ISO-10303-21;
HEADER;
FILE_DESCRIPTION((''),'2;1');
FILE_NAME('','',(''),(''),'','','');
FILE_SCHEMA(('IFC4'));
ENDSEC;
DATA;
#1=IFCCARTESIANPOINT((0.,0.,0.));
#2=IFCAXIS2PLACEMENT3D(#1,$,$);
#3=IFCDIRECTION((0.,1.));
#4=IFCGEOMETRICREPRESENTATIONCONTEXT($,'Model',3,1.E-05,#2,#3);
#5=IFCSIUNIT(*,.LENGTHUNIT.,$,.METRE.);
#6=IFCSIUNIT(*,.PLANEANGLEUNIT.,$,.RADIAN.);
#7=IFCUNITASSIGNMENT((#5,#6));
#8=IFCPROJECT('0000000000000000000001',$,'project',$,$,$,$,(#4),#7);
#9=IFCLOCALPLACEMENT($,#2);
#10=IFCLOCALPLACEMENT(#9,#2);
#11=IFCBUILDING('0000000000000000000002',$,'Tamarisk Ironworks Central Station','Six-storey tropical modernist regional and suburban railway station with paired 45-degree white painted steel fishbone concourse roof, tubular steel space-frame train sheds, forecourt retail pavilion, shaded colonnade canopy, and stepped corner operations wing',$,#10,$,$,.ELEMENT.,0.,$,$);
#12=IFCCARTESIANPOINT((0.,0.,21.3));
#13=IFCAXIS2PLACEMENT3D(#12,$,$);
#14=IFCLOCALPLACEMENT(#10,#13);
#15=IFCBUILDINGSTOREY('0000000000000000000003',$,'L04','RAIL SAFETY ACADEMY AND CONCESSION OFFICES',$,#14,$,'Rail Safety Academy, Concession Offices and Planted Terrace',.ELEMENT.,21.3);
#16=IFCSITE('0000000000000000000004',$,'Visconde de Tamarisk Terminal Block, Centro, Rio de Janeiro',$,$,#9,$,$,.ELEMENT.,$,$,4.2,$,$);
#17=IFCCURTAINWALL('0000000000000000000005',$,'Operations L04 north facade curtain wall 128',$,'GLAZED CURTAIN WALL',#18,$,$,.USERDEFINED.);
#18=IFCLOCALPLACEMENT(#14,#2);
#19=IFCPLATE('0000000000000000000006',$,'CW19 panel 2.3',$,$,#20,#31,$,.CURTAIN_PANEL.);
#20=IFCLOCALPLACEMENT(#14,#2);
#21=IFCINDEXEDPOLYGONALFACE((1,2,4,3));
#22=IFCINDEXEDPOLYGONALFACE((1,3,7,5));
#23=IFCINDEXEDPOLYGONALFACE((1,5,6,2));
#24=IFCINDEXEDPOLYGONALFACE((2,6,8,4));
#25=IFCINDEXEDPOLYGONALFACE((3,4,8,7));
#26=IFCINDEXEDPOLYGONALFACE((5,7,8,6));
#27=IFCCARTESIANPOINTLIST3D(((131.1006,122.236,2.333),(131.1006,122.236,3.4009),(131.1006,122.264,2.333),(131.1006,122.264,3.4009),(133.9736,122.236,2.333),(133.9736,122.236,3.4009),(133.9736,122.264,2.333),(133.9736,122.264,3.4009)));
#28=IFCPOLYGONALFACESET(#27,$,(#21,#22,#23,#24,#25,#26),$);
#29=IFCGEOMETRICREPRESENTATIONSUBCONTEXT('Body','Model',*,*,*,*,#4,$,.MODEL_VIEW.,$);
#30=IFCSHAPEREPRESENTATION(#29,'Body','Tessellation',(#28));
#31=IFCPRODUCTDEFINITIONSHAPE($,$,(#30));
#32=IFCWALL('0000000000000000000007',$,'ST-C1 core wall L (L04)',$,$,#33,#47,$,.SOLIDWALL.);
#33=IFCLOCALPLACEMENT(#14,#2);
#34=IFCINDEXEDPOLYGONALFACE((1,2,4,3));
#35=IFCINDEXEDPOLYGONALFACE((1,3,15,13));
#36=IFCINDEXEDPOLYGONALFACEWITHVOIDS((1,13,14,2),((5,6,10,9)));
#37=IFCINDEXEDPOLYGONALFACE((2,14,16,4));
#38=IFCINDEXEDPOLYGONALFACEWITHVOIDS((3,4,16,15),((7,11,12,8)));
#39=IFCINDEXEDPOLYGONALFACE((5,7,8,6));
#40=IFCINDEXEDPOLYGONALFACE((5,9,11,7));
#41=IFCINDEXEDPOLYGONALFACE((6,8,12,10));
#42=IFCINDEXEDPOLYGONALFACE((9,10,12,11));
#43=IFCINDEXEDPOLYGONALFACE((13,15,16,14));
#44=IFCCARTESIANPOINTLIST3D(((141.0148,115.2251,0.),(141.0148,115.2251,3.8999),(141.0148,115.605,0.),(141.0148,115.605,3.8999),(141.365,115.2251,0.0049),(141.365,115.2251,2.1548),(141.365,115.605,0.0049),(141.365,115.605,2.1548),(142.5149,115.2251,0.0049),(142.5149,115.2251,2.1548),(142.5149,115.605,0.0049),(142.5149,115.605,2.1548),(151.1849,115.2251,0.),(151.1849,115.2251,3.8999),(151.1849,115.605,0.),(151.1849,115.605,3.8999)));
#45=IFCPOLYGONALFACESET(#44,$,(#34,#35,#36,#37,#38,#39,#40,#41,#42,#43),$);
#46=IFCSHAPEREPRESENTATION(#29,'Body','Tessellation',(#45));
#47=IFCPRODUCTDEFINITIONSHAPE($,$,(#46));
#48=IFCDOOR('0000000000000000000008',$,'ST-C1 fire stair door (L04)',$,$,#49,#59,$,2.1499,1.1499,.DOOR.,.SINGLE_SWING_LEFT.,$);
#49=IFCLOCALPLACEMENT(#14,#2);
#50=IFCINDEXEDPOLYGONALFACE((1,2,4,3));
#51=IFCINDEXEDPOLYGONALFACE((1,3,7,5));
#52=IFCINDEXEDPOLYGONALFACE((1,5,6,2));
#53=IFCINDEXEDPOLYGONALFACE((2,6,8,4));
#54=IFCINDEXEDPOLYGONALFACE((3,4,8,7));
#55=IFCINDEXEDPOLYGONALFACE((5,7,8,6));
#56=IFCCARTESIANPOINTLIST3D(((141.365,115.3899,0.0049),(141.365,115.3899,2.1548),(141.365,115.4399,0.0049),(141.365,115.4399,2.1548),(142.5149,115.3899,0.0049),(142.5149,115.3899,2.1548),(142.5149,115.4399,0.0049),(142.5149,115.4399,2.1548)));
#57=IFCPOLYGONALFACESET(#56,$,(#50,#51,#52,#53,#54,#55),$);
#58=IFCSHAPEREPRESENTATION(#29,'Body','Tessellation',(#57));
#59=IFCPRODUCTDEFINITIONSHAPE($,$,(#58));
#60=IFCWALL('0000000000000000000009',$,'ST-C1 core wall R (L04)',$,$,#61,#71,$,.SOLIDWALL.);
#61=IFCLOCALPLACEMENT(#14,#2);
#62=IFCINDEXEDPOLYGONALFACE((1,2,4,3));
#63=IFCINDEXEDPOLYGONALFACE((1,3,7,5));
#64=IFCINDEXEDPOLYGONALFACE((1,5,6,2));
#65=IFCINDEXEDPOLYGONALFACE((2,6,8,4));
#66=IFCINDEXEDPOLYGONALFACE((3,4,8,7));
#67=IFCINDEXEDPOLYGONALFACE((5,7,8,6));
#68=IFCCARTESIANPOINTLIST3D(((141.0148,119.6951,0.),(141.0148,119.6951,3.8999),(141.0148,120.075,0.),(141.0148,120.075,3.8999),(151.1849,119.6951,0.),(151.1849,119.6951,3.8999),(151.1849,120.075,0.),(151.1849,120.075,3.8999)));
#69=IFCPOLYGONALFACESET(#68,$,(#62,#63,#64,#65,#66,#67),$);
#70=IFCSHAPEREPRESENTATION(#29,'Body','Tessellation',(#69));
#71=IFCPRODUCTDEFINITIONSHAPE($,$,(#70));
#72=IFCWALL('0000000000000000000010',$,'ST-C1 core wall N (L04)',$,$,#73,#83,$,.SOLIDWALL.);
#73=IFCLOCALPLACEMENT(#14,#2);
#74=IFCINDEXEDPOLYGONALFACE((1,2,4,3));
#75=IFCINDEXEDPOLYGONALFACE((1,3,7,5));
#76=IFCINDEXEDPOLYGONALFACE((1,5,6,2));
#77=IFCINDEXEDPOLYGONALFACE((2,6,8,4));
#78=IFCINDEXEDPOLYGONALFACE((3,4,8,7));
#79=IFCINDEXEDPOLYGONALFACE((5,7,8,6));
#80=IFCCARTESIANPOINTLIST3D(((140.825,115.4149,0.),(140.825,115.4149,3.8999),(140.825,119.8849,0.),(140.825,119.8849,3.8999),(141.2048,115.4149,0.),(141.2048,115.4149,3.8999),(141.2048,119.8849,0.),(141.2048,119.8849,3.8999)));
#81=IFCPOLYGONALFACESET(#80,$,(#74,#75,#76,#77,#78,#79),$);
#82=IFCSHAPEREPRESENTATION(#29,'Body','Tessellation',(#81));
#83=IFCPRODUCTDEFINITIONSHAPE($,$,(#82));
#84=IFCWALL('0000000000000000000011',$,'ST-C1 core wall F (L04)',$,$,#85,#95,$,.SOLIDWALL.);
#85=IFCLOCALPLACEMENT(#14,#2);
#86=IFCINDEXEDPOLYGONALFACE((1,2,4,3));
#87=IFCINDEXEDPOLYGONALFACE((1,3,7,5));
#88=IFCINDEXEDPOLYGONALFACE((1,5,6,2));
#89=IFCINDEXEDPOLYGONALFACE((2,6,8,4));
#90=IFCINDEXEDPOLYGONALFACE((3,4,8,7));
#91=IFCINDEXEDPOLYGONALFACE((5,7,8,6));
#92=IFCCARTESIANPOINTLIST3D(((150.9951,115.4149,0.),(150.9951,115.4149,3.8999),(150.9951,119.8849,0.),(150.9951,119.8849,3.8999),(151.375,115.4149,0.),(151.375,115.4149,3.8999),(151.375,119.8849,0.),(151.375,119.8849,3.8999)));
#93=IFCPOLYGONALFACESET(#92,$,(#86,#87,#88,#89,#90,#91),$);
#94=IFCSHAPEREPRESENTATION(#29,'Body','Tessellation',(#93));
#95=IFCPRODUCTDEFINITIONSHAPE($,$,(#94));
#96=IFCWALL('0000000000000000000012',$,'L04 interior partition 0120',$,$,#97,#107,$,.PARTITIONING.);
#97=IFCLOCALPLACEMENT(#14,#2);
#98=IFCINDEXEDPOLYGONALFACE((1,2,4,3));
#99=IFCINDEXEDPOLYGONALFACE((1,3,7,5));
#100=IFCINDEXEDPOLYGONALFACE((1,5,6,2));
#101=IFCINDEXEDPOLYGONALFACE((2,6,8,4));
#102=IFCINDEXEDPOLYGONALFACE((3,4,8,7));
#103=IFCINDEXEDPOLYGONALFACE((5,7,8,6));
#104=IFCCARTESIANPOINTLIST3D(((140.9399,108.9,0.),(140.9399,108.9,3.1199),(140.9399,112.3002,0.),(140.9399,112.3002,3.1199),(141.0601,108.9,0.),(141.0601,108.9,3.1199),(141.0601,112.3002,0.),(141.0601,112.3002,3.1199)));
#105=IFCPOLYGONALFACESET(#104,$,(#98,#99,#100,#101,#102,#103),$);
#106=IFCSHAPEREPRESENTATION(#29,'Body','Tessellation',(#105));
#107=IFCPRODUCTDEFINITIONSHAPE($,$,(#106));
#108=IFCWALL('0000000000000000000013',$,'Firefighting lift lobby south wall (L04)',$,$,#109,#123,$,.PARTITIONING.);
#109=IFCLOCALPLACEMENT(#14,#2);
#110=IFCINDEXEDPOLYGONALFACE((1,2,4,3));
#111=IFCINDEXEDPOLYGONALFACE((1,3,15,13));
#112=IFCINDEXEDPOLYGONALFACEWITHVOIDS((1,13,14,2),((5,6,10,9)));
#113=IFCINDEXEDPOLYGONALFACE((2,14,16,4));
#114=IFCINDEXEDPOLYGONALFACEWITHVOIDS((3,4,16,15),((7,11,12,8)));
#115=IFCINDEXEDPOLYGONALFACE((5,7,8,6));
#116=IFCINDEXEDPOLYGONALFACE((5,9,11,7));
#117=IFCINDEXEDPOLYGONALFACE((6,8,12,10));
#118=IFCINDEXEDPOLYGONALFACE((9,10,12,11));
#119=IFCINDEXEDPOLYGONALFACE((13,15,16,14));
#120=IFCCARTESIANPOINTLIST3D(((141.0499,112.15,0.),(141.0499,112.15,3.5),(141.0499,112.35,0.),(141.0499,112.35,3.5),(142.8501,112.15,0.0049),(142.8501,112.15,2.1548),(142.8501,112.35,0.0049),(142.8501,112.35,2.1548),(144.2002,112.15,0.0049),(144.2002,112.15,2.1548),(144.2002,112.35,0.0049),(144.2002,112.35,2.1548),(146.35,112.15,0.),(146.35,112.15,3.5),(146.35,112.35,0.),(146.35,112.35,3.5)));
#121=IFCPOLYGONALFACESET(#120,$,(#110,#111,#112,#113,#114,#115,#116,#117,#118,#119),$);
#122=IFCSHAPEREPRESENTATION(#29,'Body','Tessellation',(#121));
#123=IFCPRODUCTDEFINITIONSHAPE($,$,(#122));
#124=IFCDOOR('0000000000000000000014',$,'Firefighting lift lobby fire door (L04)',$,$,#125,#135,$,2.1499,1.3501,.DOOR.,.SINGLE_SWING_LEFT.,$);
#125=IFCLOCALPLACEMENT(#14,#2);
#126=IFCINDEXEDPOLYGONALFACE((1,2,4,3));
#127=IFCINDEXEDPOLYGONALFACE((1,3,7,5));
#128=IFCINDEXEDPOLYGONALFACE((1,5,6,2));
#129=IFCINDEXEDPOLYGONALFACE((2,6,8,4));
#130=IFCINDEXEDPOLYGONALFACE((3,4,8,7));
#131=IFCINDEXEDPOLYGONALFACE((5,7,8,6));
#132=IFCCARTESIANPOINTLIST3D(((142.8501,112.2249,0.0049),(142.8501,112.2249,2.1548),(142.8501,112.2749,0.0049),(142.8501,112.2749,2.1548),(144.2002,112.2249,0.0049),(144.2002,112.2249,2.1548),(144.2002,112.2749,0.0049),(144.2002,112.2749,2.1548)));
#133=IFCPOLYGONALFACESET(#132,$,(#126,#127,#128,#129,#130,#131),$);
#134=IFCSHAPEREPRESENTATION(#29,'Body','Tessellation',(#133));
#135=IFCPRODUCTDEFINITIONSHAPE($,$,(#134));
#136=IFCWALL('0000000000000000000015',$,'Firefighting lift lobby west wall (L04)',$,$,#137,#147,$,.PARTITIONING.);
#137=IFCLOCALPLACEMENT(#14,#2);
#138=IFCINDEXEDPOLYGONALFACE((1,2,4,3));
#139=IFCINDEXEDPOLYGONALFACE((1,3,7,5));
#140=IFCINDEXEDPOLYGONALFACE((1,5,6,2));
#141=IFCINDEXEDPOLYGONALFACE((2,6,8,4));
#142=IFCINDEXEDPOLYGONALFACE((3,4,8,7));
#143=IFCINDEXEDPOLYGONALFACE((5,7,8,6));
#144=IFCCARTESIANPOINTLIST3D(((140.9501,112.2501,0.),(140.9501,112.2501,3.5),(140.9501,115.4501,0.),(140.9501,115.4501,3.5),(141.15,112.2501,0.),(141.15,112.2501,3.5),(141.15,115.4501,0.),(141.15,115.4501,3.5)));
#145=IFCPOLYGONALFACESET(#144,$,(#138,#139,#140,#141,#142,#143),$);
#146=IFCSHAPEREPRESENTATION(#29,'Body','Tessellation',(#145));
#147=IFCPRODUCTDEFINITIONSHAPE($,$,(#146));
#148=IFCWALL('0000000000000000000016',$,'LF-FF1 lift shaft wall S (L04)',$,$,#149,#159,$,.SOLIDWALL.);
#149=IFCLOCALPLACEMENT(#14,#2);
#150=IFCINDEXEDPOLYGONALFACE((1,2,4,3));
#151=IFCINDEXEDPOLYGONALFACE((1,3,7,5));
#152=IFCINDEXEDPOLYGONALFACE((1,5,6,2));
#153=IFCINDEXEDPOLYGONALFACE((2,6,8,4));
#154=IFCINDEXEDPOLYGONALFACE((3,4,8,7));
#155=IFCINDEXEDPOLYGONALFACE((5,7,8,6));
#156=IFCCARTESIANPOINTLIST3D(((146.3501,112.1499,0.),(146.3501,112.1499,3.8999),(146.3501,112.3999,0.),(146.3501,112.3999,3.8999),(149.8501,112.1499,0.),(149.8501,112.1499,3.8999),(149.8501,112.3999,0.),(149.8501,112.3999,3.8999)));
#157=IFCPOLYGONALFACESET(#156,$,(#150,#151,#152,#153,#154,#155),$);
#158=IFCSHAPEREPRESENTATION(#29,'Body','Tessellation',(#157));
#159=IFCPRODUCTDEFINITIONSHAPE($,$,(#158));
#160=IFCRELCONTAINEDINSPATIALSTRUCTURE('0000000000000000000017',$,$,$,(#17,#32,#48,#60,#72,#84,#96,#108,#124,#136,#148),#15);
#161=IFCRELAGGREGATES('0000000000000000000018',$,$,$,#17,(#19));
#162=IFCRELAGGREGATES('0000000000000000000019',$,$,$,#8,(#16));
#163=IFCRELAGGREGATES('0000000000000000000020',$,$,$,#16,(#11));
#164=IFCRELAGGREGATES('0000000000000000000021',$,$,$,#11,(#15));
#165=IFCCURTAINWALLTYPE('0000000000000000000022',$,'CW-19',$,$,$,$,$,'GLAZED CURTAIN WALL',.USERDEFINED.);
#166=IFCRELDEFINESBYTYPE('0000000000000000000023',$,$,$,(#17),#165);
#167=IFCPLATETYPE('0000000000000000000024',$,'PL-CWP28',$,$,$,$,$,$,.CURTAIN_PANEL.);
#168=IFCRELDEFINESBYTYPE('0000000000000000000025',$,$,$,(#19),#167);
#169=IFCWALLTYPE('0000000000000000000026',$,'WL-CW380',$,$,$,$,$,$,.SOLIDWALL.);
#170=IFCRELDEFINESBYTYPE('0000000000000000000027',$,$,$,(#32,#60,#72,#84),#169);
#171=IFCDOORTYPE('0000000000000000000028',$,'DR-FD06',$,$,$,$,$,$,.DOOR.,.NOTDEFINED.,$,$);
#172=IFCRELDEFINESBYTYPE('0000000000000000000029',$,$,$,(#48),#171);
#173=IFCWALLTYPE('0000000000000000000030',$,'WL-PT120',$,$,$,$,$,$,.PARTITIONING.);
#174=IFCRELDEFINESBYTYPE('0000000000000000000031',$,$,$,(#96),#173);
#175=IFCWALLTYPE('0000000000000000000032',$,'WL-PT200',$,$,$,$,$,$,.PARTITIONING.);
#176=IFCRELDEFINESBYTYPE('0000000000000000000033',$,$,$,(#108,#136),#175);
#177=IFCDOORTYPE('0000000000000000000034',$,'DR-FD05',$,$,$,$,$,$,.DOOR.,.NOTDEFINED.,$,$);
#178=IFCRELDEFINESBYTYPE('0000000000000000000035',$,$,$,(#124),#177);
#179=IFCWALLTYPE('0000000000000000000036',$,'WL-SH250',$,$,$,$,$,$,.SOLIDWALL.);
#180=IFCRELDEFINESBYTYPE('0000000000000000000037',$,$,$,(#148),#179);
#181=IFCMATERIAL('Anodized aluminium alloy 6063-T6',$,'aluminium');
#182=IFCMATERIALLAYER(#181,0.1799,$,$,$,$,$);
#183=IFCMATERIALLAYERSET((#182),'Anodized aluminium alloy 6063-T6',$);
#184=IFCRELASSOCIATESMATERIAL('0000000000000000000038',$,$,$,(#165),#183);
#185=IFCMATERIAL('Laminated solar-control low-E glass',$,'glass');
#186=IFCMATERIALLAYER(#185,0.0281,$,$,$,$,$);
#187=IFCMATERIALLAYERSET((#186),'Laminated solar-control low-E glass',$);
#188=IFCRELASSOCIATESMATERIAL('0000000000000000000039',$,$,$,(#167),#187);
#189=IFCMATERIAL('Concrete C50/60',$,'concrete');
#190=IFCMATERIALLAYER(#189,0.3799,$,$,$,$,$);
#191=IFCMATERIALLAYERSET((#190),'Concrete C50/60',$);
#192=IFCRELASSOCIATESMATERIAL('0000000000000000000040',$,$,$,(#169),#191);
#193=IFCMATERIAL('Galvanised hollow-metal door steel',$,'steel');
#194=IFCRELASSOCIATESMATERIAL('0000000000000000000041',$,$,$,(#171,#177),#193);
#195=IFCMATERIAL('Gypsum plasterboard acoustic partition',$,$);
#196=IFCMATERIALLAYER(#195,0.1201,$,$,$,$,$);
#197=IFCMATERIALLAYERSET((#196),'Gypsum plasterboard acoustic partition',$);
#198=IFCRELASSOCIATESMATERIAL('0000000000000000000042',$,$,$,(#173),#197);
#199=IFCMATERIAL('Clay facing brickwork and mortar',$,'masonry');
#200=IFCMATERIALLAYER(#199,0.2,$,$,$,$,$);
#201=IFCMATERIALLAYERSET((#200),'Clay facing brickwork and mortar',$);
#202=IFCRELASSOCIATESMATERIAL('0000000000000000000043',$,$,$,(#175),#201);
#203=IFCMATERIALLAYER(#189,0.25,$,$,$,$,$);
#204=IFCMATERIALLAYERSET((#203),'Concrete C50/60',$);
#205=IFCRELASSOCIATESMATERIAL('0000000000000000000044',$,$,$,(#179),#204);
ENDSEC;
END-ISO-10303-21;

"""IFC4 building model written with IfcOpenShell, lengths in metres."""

from ifc_helpers import new_model, si_unit, direction, frame, frame_2d, origin, origin_2d, place, context, subcontext, project, spatial, rectangle, extrude, material, layer, layer_set, type_object, element, fill, aggregate, save


model = new_model("IFC4")

# Units and contexts
model_context = context("Model", 3, precision=1e-05, world=origin(), true_north=direction((0.0, 1.0)))
body_context = subcontext(model_context, "Body", "Model", "MODEL_VIEW")
ifc_project = project(units=[si_unit("LENGTHUNIT", "METRE"), si_unit("PLANEANGLEUNIT", "RADIAN")], contexts=[model_context])

# Site, building, storey
site_placement = place(None, origin())
site = spatial("IfcSite", under=ifc_project, at=site_placement, Name="Visconde de Tamarisk Terminal Block, Centro, Rio de Janeiro", CompositionType="ELEMENT", RefElevation=4.2)
building_placement = place(site_placement, origin())
building = spatial("IfcBuilding", under=site, at=building_placement, Name="Tamarisk Ironworks Central Station", Description="Six-storey tropical modernist regional and suburban railway station with paired 45-degree white painted steel fishbone concourse roof, tubular steel space-frame train sheds, forecourt retail pavilion, shaded colonnade canopy, and stepped corner operations wing", CompositionType="ELEMENT", ElevationOfRefHeight=0.0)
storey_placement = place(building_placement, frame((0.0, 0.0, 21.3)))
storey = spatial("IfcBuildingStorey", under=building, at=storey_placement, Name="L04", Description="RAIL SAFETY ACADEMY AND CONCESSION OFFICES", LongName="Rail Safety Academy, Concession Offices and Planted Terrace", CompositionType="ELEMENT", Elevation=21.3)

# Curtain wall, plate
ifc_material_1 = material(Name="Anodized aluminium alloy 6063-T6", Category="aluminium")
ifc_layer_1 = layer(ifc_material_1, 0.1799)
ifc_layer_set_1 = layer_set([ifc_layer_1], Name="Anodized aluminium alloy 6063-T6")
curtain_wall_type = type_object("IfcCurtainWallType", Name="CW-19", ElementType="GLAZED CURTAIN WALL", PredefinedType="USERDEFINED", material=ifc_layer_set_1)
curtain_wall_placement = place(storey_placement, origin())
curtain_wall = element("IfcCurtainWall", 1, at=curtain_wall_placement, inside=storey, type_object=curtain_wall_type, Name="Operations L04 north facade curtain wall 128", ObjectType="GLAZED CURTAIN WALL", PredefinedType="USERDEFINED")
ifc_material_2 = material(Name="Laminated solar-control low-E glass", Category="glass")
ifc_layer_2 = layer(ifc_material_2, 0.0281)
ifc_layer_set_2 = layer_set([ifc_layer_2], Name="Laminated solar-control low-E glass")
plate_type = type_object("IfcPlateType", Name="PL-CWP28", PredefinedType="CURTAIN_PANEL", material=ifc_layer_set_2)
plate_placement = place(storey_placement, frame((132.5371, 122.25, 2.333), z_axis=(0.0, 0.0, 1.0), x_axis=(1.0, 0.0, 0.0)))
plate = element("IfcPlate", 2, at=plate_placement, type_object=plate_type, Name="CW19 panel 2.3", PredefinedType="CURTAIN_PANEL", context=body_context, shape_type="SweptSolid", body=[
    extrude(rectangle(XDim=2.873, YDim=0.0281, at=origin_2d()), origin(), (0.0, 0.0, 1.0), 1.0679),
])
aggregate(curtain_wall, [plate])

# Wall, opening, door
ifc_material_3 = material(Name="Concrete C50/60", Category="concrete")
ifc_layer_3 = layer(ifc_material_3, 0.3799)
ifc_layer_set_3 = layer_set([ifc_layer_3], Name="Concrete C50/60")
wall_type_1 = type_object("IfcWallType", Name="WL-CW380", PredefinedType="SOLIDWALL", material=ifc_layer_set_3)
wall_1_placement = place(storey_placement, frame((141.0149, 115.415, 0.0), z_axis=(0.0, 0.0, 1.0), x_axis=(1.0, 0.0, 0.0)))
wall_1 = element("IfcWall", 3, at=wall_1_placement, inside=storey, type_object=wall_type_1, Name="ST-C1 core wall L (L04)", PredefinedType="SOLIDWALL", context=body_context, shape_type="SweptSolid", body=[
    extrude(rectangle(XDim=10.1702, YDim=0.3799, at=frame_2d((5.085, 0.0))), origin(), (0.0, 0.0, 1.0), 3.8999),
])
opening_1_placement = place(wall_1_placement, frame((0.3501, 0.0, 0.0049)))
opening_1 = element("IfcOpeningElement", 4, at=opening_1_placement, cuts=wall_1, PredefinedType="OPENING", context=body_context, shape_type="SweptSolid", body=[
    extrude(rectangle(XDim=1.1499, YDim=2.1499, at=frame_2d((0.575, 1.075))), frame((0.0, 0.2019, 0.0), z_axis=(0.0, -1.0, 0.0), x_axis=(1.0, 0.0, 0.0)), (0.0, 0.0, 1.0), 0.4038),
])
ifc_material_4 = material(Name="Galvanised hollow-metal door steel", Category="steel")
door_type_1 = type_object("IfcDoorType", Name="DR-FD06", OperationType="NOTDEFINED", PredefinedType="DOOR", material=ifc_material_4)
door_1_placement = place(opening_1_placement, origin())
door_1 = element("IfcDoor", 5, at=door_1_placement, inside=storey, type_object=door_type_1, Name="ST-C1 fire stair door (L04)", OperationType="SINGLE_SWING_LEFT", OverallHeight=2.1499, OverallWidth=1.1499, PredefinedType="DOOR", context=body_context, shape_type="SweptSolid", body=[
    extrude(rectangle(XDim=1.1499, YDim=2.1499, at=frame_2d((0.575, 1.075))), frame((0.0, 0.0249, 0.0), z_axis=(0.0, -1.0, 0.0), x_axis=(1.0, 0.0, 0.0)), (0.0, 0.0, 1.0), 0.05),
])
fill(opening_1, door_1)

# Walls
wall_2_placement = place(storey_placement, frame((141.0149, 119.885, 0.0), z_axis=(0.0, 0.0, 1.0), x_axis=(1.0, 0.0, 0.0)))
element("IfcWall", 6, at=wall_2_placement, inside=storey, type_object=wall_type_1, Name="ST-C1 core wall R (L04)", PredefinedType="SOLIDWALL", context=body_context, shape_type="SweptSolid", body=[
    extrude(rectangle(XDim=10.1702, YDim=0.3799, at=frame_2d((5.085, 0.0))), origin(), (0.0, 0.0, 1.0), 3.8999),
])
for number, where, z_axis, x_axis, name in (
    (7, (141.0149, 115.415, 0.0), (0.0, 0.0, 1.0), (0.0, 1.0, 0.0), "ST-C1 core wall N (L04)"),
    (8, (151.1851, 115.415, 0.0), (0.0, 0.0, 1.0), (0.0, 1.0, 0.0), "ST-C1 core wall F (L04)"),
):
    element("IfcWall", number, at=place(storey_placement, frame(where, z_axis=z_axis, x_axis=x_axis)), inside=storey, type_object=wall_type_1, Name=name, PredefinedType="SOLIDWALL", context=body_context, shape_type="SweptSolid", body=[
        extrude(rectangle(XDim=4.47, YDim=0.3799, at=frame_2d((2.2349, 0.0))), origin(), (0.0, 0.0, 1.0), 3.8999),
    ])
ifc_material_5 = material(Name="Gypsum plasterboard acoustic partition")
ifc_layer_4 = layer(ifc_material_5, 0.1201)
ifc_layer_set_4 = layer_set([ifc_layer_4], Name="Gypsum plasterboard acoustic partition")
wall_type_2 = type_object("IfcWallType", Name="WL-PT120", PredefinedType="PARTITIONING", material=ifc_layer_set_4)
wall_3_placement = place(storey_placement, frame((141.0, 108.8999, 0.0), z_axis=(0.0, 0.0, 1.0), x_axis=(0.0, 1.0, 0.0)))
element("IfcWall", 9, at=wall_3_placement, inside=storey, type_object=wall_type_2, Name="L04 interior partition 0120", PredefinedType="PARTITIONING", context=body_context, shape_type="SweptSolid", body=[
    extrude(rectangle(XDim=3.4001, YDim=0.1201, at=frame_2d((1.7002, 0.0))), origin(), (0.0, 0.0, 1.0), 3.1199),
])

# Wall, opening, door
ifc_material_6 = material(Name="Clay facing brickwork and mortar", Category="masonry")
ifc_layer_5 = layer(ifc_material_6, 0.2)
ifc_layer_set_5 = layer_set([ifc_layer_5], Name="Clay facing brickwork and mortar")
wall_type_3 = type_object("IfcWallType", Name="WL-PT200", PredefinedType="PARTITIONING", material=ifc_layer_set_5)
wall_4_placement = place(storey_placement, frame((141.05, 112.25, 0.0), z_axis=(0.0, 0.0, 1.0), x_axis=(1.0, 0.0, 0.0)))
wall_4 = element("IfcWall", 10, at=wall_4_placement, inside=storey, type_object=wall_type_3, Name="Firefighting lift lobby south wall (L04)", PredefinedType="PARTITIONING", context=body_context, shape_type="SweptSolid", body=[
    extrude(rectangle(XDim=5.3, YDim=0.2, at=frame_2d((2.6499, 0.0))), origin(), (0.0, 0.0, 1.0), 3.5),
])
opening_2_placement = place(wall_4_placement, frame((1.8, 0.0, 0.0049)))
opening_2 = element("IfcOpeningElement", 11, at=opening_2_placement, cuts=wall_4, PredefinedType="OPENING", context=body_context, shape_type="SweptSolid", body=[
    extrude(rectangle(XDim=1.3501, YDim=2.1499, at=frame_2d((0.675, 1.075))), frame((0.0, 0.1118, 0.0), z_axis=(0.0, -1.0, 0.0), x_axis=(1.0, 0.0, 0.0)), (0.0, 0.0, 1.0), 0.2239),
])
door_type_2 = type_object("IfcDoorType", Name="DR-FD05", OperationType="NOTDEFINED", PredefinedType="DOOR", material=ifc_material_4)
door_2_placement = place(opening_2_placement, origin())
door_2 = element("IfcDoor", 12, at=door_2_placement, inside=storey, type_object=door_type_2, Name="Firefighting lift lobby fire door (L04)", OperationType="SINGLE_SWING_LEFT", OverallHeight=2.1499, OverallWidth=1.3501, PredefinedType="DOOR", context=body_context, shape_type="SweptSolid", body=[
    extrude(rectangle(XDim=1.3501, YDim=2.1499, at=frame_2d((0.675, 1.075))), frame((0.0, 0.0249, 0.0), z_axis=(0.0, -1.0, 0.0), x_axis=(1.0, 0.0, 0.0)), (0.0, 0.0, 1.0), 0.05),
])
fill(opening_2, door_2)

# Walls
wall_5_placement = place(storey_placement, frame((141.05, 112.25, 0.0), z_axis=(0.0, 0.0, 1.0), x_axis=(0.0, 1.0, 0.0)))
element("IfcWall", 13, at=wall_5_placement, inside=storey, type_object=wall_type_3, Name="Firefighting lift lobby west wall (L04)", PredefinedType="PARTITIONING", context=body_context, shape_type="SweptSolid", body=[
    extrude(rectangle(XDim=3.2, YDim=0.2, at=frame_2d((1.6001, 0.0))), origin(), (0.0, 0.0, 1.0), 3.5),
])
ifc_layer_6 = layer(ifc_material_3, 0.25)
ifc_layer_set_6 = layer_set([ifc_layer_6], Name="Concrete C50/60")
wall_type_4 = type_object("IfcWallType", Name="WL-SH250", PredefinedType="SOLIDWALL", material=ifc_layer_set_6)
wall_6_placement = place(storey_placement, frame((146.3501, 112.2749, 0.0), z_axis=(0.0, 0.0, 1.0), x_axis=(1.0, 0.0, 0.0)))
element("IfcWall", 14, at=wall_6_placement, inside=storey, type_object=wall_type_4, Name="LF-FF1 lift shaft wall S (L04)", PredefinedType="SOLIDWALL", context=body_context, shape_type="SweptSolid", body=[
    extrude(rectangle(XDim=3.5, YDim=0.25, at=frame_2d((1.75, 0.0))), origin(), (0.0, 0.0, 1.0), 3.8999),
])

save(model, "model.ifc")
